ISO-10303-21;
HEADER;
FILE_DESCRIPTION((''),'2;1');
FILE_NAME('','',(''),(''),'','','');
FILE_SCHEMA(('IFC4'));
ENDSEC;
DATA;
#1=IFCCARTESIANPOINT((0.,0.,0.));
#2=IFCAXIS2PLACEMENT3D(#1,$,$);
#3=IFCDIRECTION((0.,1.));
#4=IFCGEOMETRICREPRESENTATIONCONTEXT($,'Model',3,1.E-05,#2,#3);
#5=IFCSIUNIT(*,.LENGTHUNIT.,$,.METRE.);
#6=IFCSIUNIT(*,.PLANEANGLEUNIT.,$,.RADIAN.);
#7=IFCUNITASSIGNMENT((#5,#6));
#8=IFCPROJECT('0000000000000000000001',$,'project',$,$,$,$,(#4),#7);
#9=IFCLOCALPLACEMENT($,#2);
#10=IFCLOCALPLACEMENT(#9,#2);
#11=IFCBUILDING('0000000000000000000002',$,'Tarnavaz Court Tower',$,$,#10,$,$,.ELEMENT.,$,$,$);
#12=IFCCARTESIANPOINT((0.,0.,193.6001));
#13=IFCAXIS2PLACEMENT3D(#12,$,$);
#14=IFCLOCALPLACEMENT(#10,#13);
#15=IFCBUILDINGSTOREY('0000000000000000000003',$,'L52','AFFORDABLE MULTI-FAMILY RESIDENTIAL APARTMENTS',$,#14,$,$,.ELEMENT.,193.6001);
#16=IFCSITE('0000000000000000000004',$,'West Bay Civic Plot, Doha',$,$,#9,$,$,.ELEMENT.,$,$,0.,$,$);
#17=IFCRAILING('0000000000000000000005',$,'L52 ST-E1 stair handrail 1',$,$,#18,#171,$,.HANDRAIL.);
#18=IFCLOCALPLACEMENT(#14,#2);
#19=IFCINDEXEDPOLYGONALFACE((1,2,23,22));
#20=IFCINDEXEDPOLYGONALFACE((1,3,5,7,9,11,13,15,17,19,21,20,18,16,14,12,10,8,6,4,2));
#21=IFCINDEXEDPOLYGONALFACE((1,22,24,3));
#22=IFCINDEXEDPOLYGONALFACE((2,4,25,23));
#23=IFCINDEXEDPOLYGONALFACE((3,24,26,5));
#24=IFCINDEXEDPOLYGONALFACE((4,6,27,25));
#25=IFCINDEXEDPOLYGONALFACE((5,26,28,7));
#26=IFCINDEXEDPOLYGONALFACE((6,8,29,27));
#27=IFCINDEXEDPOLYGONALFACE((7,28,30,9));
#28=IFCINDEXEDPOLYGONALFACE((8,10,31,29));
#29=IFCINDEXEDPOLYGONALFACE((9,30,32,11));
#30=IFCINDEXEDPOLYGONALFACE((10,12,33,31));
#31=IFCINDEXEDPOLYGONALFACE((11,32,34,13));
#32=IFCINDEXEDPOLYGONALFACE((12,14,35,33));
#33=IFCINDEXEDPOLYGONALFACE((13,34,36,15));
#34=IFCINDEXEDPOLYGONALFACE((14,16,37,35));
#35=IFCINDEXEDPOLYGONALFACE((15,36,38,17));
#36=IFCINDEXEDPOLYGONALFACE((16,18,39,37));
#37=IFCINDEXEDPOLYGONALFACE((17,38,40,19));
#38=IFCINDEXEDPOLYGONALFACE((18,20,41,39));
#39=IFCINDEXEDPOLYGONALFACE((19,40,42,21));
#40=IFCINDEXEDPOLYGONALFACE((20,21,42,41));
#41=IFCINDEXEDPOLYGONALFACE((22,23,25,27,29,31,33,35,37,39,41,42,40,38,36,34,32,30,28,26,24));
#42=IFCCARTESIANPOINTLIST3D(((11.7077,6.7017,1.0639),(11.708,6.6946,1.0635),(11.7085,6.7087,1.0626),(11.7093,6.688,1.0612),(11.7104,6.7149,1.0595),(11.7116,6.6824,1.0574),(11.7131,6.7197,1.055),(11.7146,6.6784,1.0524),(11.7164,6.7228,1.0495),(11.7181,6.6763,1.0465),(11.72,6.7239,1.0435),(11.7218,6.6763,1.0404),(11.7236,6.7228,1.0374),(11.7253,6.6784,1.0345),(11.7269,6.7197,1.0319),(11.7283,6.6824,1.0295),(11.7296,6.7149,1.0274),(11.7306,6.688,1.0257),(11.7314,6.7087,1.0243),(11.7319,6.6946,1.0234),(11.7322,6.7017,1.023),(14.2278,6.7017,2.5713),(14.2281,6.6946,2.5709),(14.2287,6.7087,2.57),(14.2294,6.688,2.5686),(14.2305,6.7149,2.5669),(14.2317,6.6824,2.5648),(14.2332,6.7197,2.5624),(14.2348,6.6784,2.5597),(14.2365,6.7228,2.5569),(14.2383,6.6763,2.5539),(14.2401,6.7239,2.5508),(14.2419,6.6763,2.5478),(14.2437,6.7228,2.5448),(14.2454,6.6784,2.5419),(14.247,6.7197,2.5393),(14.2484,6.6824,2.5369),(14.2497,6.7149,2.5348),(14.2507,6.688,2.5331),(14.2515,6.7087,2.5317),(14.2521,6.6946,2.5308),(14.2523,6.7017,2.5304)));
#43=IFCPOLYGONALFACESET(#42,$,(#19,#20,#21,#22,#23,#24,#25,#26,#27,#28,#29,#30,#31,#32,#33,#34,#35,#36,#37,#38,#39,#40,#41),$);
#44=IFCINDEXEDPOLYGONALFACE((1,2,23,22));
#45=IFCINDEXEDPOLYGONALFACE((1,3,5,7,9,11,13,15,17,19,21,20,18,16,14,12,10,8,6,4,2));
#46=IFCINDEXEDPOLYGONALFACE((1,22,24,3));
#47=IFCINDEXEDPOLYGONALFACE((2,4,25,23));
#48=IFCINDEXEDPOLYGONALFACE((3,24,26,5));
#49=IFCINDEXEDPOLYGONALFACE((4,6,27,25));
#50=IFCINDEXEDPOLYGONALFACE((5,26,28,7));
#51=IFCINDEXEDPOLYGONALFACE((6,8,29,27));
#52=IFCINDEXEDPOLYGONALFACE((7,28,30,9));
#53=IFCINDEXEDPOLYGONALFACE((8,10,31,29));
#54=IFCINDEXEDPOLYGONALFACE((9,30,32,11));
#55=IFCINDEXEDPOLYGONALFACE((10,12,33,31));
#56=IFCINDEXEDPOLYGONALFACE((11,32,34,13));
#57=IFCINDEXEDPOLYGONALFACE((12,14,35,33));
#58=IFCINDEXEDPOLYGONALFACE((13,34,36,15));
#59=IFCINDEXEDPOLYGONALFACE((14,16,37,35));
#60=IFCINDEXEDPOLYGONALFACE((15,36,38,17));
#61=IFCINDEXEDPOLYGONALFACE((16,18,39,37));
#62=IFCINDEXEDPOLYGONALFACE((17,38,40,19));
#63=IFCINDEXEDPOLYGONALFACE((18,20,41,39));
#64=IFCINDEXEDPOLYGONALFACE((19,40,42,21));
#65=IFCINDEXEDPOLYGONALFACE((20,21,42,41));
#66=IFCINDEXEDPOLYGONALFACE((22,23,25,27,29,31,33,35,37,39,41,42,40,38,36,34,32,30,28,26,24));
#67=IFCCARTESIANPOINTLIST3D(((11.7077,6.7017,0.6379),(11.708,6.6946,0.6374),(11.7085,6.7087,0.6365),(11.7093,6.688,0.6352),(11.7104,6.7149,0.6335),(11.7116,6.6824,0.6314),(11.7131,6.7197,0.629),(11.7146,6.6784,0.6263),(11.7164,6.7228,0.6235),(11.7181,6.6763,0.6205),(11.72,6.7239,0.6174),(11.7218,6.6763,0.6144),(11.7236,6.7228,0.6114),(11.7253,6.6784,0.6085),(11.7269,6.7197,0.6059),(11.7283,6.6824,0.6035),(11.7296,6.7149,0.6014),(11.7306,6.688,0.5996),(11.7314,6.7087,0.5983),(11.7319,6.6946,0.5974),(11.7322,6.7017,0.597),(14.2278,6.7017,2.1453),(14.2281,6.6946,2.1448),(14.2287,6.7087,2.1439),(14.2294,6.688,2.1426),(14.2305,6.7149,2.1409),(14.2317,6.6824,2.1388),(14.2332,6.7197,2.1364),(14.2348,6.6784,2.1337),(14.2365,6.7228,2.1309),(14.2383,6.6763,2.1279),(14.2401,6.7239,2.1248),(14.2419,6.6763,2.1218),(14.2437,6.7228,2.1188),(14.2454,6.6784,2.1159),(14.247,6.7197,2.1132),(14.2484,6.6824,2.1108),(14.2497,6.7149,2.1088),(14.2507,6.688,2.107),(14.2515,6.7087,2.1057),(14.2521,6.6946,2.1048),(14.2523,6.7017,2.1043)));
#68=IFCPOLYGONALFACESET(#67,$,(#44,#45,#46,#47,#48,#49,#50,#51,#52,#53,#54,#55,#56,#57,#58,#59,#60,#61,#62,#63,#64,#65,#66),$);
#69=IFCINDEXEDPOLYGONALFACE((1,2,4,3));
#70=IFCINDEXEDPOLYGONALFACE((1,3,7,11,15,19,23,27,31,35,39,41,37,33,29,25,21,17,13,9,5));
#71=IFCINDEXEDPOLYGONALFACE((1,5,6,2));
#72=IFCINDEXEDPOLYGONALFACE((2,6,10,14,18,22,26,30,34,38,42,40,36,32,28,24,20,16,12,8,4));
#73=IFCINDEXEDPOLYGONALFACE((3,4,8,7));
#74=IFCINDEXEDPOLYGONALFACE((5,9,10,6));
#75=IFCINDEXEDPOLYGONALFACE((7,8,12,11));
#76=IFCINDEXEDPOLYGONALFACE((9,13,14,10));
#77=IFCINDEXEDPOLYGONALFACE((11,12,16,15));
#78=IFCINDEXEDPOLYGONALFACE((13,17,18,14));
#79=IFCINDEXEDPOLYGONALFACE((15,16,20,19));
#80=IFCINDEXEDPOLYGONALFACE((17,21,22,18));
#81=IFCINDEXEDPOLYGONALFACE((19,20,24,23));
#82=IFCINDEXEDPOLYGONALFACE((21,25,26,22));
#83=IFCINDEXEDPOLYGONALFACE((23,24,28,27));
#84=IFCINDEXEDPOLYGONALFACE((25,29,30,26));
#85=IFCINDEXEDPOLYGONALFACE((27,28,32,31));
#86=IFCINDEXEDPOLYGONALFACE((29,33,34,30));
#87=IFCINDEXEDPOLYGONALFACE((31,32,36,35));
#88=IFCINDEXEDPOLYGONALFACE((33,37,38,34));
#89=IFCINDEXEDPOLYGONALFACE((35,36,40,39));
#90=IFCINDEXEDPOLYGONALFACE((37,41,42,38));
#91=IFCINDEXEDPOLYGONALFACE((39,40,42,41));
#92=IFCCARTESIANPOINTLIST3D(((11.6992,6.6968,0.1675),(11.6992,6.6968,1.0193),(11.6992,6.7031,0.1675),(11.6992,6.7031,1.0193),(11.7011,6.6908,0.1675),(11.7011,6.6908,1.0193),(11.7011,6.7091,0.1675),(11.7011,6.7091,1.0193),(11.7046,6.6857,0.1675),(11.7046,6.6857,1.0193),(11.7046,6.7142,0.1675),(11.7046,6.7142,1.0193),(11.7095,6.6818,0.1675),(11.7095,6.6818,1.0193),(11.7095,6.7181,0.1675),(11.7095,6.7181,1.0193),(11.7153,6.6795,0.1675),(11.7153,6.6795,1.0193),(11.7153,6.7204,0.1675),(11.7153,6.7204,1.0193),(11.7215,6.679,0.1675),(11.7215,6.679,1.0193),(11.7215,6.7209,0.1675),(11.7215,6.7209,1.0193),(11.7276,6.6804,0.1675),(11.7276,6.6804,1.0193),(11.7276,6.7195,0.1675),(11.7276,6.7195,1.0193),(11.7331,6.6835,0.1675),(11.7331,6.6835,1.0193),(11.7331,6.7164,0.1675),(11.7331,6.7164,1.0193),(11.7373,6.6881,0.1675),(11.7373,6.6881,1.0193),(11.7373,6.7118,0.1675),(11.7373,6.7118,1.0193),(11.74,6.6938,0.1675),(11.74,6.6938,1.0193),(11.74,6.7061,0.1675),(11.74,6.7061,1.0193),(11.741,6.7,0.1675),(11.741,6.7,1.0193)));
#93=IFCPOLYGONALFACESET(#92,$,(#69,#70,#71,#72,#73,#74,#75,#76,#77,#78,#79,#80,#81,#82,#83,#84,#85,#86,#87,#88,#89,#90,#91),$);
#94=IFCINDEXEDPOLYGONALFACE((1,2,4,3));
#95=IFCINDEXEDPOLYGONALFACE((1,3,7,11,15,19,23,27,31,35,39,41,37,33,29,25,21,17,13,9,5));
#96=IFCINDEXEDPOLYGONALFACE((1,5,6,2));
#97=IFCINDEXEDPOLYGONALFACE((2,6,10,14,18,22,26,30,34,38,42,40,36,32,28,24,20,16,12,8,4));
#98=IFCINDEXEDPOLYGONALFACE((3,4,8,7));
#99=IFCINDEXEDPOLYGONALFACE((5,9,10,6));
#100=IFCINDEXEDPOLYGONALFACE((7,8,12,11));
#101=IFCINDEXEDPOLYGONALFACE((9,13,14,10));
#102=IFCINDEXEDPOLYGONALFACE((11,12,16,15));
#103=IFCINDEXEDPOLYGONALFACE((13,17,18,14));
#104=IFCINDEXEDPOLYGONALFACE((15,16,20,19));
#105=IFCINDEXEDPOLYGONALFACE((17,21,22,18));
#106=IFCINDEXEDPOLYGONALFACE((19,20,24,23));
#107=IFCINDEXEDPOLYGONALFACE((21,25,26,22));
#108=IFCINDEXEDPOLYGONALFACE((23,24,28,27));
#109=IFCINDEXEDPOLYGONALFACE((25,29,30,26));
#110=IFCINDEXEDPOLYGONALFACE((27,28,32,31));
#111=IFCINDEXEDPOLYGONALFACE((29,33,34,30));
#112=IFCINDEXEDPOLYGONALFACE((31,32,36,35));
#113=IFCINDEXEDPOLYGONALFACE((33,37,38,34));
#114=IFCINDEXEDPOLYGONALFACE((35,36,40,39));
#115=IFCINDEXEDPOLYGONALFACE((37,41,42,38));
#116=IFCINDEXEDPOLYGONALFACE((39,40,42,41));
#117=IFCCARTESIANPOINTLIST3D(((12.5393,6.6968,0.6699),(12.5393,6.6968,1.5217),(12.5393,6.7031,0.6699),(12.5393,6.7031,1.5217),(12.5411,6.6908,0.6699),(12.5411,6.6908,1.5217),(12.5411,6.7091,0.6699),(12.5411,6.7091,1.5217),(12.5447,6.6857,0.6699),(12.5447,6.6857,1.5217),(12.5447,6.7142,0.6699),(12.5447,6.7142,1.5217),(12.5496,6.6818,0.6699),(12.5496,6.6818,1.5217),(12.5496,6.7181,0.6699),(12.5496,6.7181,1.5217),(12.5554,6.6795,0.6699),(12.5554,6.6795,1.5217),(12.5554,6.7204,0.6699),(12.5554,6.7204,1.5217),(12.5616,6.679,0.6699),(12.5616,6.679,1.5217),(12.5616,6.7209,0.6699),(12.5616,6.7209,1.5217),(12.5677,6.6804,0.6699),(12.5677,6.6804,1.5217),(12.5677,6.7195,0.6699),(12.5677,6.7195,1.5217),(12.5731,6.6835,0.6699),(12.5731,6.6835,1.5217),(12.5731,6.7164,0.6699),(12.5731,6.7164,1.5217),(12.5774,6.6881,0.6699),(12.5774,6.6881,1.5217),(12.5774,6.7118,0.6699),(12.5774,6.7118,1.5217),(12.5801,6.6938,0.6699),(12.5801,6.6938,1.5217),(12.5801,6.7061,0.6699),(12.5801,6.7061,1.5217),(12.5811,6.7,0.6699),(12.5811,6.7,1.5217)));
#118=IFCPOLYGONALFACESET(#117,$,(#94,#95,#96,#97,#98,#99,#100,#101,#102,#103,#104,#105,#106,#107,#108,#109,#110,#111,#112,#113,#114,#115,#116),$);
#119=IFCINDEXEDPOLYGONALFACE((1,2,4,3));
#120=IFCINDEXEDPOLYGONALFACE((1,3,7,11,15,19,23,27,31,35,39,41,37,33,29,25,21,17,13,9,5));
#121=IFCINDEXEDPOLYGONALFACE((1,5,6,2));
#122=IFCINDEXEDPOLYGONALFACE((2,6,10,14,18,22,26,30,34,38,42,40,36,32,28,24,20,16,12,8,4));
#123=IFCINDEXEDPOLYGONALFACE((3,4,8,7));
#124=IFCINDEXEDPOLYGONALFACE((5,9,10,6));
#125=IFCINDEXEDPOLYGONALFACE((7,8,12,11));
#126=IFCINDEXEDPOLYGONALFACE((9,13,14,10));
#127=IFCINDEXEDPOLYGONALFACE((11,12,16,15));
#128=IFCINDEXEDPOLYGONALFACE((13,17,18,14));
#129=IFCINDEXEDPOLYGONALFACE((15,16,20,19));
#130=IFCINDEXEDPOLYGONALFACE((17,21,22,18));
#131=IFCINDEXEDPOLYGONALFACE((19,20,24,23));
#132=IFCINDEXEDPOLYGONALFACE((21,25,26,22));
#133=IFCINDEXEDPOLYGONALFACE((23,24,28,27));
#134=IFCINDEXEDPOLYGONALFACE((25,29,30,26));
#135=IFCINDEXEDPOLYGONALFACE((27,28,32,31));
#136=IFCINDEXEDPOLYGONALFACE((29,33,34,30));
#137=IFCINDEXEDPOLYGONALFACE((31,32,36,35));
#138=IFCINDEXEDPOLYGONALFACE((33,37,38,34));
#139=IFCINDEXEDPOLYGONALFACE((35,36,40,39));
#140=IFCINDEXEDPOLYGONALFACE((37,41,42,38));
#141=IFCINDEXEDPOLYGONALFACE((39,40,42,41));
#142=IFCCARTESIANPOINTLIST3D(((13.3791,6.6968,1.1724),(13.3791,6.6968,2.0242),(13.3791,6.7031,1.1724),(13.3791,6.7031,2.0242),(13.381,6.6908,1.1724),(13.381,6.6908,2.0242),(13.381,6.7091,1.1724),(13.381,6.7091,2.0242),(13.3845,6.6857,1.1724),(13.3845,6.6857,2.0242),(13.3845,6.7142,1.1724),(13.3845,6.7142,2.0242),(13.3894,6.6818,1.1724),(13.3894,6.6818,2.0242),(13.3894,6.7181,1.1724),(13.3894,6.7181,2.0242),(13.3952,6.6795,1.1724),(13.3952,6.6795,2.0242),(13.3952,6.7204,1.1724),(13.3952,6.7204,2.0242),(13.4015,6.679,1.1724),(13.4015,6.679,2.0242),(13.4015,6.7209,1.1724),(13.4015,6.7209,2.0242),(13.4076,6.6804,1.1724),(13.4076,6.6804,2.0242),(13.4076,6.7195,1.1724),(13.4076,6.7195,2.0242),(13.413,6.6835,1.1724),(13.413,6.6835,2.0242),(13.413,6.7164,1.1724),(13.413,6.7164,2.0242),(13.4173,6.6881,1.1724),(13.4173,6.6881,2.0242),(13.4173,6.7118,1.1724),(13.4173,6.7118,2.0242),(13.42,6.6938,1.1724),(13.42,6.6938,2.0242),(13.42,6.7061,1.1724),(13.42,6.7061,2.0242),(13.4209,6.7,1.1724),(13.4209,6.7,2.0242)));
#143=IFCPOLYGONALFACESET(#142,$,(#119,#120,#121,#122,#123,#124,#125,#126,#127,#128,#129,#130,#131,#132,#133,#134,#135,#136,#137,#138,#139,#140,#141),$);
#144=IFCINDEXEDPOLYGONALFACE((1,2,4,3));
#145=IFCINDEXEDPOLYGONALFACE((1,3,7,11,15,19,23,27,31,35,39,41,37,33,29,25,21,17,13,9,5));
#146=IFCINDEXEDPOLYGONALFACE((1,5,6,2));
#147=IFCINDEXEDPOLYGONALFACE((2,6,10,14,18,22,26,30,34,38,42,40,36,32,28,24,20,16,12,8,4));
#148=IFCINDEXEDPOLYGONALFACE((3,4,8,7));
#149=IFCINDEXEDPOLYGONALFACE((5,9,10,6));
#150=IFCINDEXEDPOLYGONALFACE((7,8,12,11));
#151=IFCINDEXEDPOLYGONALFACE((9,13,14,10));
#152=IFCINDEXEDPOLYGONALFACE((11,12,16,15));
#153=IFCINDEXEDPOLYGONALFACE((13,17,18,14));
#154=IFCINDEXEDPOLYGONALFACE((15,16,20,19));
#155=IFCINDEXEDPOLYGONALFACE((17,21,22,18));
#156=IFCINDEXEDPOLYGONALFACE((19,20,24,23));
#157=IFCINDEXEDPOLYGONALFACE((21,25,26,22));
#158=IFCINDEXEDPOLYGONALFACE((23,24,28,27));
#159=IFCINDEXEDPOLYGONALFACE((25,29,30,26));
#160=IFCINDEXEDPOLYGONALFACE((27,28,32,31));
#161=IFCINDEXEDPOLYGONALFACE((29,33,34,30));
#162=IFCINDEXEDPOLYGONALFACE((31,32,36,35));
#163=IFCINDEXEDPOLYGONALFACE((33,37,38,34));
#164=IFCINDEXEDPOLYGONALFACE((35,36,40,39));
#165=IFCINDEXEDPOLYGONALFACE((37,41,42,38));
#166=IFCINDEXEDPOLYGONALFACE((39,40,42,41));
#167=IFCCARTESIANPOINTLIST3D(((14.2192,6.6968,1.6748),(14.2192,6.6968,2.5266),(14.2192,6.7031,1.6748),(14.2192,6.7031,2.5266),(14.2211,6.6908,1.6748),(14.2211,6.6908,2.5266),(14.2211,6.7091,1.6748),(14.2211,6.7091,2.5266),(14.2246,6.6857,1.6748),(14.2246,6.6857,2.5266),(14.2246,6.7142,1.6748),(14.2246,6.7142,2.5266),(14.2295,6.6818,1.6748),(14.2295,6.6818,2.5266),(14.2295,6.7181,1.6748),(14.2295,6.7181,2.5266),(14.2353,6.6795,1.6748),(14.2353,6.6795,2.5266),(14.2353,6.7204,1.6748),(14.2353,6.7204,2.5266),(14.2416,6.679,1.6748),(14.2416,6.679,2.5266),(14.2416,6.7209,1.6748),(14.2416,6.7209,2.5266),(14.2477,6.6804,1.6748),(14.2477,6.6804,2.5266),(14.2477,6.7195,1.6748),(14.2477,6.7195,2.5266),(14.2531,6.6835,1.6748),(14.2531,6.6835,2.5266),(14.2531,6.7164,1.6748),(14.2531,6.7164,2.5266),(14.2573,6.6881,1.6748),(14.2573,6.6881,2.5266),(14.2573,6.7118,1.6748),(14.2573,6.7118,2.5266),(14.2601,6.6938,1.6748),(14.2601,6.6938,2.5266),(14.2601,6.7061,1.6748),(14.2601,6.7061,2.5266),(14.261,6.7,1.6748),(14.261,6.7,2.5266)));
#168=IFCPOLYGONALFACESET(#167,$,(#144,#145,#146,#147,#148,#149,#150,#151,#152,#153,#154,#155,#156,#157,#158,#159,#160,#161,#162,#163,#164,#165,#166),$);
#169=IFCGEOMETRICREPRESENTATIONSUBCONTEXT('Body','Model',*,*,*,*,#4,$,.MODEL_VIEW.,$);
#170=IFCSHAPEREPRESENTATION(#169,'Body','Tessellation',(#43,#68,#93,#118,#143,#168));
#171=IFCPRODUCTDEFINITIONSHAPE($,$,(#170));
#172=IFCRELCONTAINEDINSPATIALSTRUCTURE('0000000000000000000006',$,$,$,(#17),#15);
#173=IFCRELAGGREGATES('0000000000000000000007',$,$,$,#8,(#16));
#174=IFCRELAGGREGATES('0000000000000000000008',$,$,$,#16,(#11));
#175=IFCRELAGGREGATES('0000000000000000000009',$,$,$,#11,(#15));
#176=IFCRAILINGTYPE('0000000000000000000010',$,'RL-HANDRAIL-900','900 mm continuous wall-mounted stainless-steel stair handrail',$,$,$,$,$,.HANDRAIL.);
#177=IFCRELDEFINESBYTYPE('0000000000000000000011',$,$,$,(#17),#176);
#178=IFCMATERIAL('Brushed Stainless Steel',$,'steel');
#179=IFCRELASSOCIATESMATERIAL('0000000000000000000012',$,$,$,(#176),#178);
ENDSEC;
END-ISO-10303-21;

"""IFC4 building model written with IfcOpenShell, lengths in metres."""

from ifc_helpers import new_model, si_unit, direction, frame, origin, origin_2d, place, context, subcontext, project, spatial, circle, extrude, material, type_object, element, save


model = new_model("IFC4")

# Units and contexts
model_context = context("Model", 3, precision=1e-05, world=origin(), true_north=direction((0.0, 1.0)))
body_context = subcontext(model_context, "Body", "Model", "MODEL_VIEW")
ifc_project = project(units=[si_unit("LENGTHUNIT", "METRE"), si_unit("PLANEANGLEUNIT", "RADIAN")], contexts=[model_context])

# Site, building, storey
site_placement = place(None, origin())
site = spatial("IfcSite", under=ifc_project, at=site_placement, Name="West Bay Civic Plot, Doha", CompositionType="ELEMENT", RefElevation=0.0)
building_placement = place(site_placement, origin())
building = spatial("IfcBuilding", under=site, at=building_placement, Name="Tarnavaz Court Tower", CompositionType="ELEMENT")
storey_placement = place(building_placement, frame((0.0, 0.0, 193.6001)))
storey = spatial("IfcBuildingStorey", under=building, at=storey_placement, Name="L52", Description="AFFORDABLE MULTI-FAMILY RESIDENTIAL APARTMENTS", CompositionType="ELEMENT", Elevation=193.6001)

# Railing
ifc_material_1 = material(Name="Brushed Stainless Steel", Category="steel")
railing_type_1 = type_object("IfcRailingType", Name="RL-HANDRAIL-900", Description="900 mm continuous wall-mounted stainless-steel stair handrail", PredefinedType="HANDRAIL", material=ifc_material_1)
railing_1_placement = place(storey_placement, frame((11.72, 6.7, 0.1675)))
element("IfcRailing", 1, at=railing_1_placement, inside=storey, type_object=railing_type_1, Name="L52 ST-E1 stair handrail 1", PredefinedType="HANDRAIL", context=body_context, shape_type="SweptSolid", body=[
    extrude(circle(Radius=0.0239, at=origin_2d()), frame((0.0, 0.0, 0.876), z_axis=(0.858196, 0.0, 0.513321), x_axis=(0.0, 1.0, 0.0)), (0.0, 0.0, 1.0), 2.9365),
    extrude(circle(Radius=0.0239, at=origin_2d()), frame((0.0, 0.0, 0.45), z_axis=(0.858196, 0.0, 0.513321), x_axis=(0.0, 1.0, 0.0)), (0.0, 0.0, 1.0), 2.9365),
    extrude(circle(Radius=0.021, at=origin_2d()), origin(), (0.0, 0.0, 1.0), 0.8518),
    extrude(circle(Radius=0.021, at=origin_2d()), frame((0.8401, 0.0, 0.5024)), (0.0, 0.0, 1.0), 0.8518),
    extrude(circle(Radius=0.021, at=origin_2d()), frame((1.6799, 0.0, 1.0049)), (0.0, 0.0, 1.0), 0.8518),
    extrude(circle(Radius=0.021, at=origin_2d()), frame((2.52, 0.0, 1.5073)), (0.0, 0.0, 1.0), 0.8518),
])

save(model, "model.ifc")
